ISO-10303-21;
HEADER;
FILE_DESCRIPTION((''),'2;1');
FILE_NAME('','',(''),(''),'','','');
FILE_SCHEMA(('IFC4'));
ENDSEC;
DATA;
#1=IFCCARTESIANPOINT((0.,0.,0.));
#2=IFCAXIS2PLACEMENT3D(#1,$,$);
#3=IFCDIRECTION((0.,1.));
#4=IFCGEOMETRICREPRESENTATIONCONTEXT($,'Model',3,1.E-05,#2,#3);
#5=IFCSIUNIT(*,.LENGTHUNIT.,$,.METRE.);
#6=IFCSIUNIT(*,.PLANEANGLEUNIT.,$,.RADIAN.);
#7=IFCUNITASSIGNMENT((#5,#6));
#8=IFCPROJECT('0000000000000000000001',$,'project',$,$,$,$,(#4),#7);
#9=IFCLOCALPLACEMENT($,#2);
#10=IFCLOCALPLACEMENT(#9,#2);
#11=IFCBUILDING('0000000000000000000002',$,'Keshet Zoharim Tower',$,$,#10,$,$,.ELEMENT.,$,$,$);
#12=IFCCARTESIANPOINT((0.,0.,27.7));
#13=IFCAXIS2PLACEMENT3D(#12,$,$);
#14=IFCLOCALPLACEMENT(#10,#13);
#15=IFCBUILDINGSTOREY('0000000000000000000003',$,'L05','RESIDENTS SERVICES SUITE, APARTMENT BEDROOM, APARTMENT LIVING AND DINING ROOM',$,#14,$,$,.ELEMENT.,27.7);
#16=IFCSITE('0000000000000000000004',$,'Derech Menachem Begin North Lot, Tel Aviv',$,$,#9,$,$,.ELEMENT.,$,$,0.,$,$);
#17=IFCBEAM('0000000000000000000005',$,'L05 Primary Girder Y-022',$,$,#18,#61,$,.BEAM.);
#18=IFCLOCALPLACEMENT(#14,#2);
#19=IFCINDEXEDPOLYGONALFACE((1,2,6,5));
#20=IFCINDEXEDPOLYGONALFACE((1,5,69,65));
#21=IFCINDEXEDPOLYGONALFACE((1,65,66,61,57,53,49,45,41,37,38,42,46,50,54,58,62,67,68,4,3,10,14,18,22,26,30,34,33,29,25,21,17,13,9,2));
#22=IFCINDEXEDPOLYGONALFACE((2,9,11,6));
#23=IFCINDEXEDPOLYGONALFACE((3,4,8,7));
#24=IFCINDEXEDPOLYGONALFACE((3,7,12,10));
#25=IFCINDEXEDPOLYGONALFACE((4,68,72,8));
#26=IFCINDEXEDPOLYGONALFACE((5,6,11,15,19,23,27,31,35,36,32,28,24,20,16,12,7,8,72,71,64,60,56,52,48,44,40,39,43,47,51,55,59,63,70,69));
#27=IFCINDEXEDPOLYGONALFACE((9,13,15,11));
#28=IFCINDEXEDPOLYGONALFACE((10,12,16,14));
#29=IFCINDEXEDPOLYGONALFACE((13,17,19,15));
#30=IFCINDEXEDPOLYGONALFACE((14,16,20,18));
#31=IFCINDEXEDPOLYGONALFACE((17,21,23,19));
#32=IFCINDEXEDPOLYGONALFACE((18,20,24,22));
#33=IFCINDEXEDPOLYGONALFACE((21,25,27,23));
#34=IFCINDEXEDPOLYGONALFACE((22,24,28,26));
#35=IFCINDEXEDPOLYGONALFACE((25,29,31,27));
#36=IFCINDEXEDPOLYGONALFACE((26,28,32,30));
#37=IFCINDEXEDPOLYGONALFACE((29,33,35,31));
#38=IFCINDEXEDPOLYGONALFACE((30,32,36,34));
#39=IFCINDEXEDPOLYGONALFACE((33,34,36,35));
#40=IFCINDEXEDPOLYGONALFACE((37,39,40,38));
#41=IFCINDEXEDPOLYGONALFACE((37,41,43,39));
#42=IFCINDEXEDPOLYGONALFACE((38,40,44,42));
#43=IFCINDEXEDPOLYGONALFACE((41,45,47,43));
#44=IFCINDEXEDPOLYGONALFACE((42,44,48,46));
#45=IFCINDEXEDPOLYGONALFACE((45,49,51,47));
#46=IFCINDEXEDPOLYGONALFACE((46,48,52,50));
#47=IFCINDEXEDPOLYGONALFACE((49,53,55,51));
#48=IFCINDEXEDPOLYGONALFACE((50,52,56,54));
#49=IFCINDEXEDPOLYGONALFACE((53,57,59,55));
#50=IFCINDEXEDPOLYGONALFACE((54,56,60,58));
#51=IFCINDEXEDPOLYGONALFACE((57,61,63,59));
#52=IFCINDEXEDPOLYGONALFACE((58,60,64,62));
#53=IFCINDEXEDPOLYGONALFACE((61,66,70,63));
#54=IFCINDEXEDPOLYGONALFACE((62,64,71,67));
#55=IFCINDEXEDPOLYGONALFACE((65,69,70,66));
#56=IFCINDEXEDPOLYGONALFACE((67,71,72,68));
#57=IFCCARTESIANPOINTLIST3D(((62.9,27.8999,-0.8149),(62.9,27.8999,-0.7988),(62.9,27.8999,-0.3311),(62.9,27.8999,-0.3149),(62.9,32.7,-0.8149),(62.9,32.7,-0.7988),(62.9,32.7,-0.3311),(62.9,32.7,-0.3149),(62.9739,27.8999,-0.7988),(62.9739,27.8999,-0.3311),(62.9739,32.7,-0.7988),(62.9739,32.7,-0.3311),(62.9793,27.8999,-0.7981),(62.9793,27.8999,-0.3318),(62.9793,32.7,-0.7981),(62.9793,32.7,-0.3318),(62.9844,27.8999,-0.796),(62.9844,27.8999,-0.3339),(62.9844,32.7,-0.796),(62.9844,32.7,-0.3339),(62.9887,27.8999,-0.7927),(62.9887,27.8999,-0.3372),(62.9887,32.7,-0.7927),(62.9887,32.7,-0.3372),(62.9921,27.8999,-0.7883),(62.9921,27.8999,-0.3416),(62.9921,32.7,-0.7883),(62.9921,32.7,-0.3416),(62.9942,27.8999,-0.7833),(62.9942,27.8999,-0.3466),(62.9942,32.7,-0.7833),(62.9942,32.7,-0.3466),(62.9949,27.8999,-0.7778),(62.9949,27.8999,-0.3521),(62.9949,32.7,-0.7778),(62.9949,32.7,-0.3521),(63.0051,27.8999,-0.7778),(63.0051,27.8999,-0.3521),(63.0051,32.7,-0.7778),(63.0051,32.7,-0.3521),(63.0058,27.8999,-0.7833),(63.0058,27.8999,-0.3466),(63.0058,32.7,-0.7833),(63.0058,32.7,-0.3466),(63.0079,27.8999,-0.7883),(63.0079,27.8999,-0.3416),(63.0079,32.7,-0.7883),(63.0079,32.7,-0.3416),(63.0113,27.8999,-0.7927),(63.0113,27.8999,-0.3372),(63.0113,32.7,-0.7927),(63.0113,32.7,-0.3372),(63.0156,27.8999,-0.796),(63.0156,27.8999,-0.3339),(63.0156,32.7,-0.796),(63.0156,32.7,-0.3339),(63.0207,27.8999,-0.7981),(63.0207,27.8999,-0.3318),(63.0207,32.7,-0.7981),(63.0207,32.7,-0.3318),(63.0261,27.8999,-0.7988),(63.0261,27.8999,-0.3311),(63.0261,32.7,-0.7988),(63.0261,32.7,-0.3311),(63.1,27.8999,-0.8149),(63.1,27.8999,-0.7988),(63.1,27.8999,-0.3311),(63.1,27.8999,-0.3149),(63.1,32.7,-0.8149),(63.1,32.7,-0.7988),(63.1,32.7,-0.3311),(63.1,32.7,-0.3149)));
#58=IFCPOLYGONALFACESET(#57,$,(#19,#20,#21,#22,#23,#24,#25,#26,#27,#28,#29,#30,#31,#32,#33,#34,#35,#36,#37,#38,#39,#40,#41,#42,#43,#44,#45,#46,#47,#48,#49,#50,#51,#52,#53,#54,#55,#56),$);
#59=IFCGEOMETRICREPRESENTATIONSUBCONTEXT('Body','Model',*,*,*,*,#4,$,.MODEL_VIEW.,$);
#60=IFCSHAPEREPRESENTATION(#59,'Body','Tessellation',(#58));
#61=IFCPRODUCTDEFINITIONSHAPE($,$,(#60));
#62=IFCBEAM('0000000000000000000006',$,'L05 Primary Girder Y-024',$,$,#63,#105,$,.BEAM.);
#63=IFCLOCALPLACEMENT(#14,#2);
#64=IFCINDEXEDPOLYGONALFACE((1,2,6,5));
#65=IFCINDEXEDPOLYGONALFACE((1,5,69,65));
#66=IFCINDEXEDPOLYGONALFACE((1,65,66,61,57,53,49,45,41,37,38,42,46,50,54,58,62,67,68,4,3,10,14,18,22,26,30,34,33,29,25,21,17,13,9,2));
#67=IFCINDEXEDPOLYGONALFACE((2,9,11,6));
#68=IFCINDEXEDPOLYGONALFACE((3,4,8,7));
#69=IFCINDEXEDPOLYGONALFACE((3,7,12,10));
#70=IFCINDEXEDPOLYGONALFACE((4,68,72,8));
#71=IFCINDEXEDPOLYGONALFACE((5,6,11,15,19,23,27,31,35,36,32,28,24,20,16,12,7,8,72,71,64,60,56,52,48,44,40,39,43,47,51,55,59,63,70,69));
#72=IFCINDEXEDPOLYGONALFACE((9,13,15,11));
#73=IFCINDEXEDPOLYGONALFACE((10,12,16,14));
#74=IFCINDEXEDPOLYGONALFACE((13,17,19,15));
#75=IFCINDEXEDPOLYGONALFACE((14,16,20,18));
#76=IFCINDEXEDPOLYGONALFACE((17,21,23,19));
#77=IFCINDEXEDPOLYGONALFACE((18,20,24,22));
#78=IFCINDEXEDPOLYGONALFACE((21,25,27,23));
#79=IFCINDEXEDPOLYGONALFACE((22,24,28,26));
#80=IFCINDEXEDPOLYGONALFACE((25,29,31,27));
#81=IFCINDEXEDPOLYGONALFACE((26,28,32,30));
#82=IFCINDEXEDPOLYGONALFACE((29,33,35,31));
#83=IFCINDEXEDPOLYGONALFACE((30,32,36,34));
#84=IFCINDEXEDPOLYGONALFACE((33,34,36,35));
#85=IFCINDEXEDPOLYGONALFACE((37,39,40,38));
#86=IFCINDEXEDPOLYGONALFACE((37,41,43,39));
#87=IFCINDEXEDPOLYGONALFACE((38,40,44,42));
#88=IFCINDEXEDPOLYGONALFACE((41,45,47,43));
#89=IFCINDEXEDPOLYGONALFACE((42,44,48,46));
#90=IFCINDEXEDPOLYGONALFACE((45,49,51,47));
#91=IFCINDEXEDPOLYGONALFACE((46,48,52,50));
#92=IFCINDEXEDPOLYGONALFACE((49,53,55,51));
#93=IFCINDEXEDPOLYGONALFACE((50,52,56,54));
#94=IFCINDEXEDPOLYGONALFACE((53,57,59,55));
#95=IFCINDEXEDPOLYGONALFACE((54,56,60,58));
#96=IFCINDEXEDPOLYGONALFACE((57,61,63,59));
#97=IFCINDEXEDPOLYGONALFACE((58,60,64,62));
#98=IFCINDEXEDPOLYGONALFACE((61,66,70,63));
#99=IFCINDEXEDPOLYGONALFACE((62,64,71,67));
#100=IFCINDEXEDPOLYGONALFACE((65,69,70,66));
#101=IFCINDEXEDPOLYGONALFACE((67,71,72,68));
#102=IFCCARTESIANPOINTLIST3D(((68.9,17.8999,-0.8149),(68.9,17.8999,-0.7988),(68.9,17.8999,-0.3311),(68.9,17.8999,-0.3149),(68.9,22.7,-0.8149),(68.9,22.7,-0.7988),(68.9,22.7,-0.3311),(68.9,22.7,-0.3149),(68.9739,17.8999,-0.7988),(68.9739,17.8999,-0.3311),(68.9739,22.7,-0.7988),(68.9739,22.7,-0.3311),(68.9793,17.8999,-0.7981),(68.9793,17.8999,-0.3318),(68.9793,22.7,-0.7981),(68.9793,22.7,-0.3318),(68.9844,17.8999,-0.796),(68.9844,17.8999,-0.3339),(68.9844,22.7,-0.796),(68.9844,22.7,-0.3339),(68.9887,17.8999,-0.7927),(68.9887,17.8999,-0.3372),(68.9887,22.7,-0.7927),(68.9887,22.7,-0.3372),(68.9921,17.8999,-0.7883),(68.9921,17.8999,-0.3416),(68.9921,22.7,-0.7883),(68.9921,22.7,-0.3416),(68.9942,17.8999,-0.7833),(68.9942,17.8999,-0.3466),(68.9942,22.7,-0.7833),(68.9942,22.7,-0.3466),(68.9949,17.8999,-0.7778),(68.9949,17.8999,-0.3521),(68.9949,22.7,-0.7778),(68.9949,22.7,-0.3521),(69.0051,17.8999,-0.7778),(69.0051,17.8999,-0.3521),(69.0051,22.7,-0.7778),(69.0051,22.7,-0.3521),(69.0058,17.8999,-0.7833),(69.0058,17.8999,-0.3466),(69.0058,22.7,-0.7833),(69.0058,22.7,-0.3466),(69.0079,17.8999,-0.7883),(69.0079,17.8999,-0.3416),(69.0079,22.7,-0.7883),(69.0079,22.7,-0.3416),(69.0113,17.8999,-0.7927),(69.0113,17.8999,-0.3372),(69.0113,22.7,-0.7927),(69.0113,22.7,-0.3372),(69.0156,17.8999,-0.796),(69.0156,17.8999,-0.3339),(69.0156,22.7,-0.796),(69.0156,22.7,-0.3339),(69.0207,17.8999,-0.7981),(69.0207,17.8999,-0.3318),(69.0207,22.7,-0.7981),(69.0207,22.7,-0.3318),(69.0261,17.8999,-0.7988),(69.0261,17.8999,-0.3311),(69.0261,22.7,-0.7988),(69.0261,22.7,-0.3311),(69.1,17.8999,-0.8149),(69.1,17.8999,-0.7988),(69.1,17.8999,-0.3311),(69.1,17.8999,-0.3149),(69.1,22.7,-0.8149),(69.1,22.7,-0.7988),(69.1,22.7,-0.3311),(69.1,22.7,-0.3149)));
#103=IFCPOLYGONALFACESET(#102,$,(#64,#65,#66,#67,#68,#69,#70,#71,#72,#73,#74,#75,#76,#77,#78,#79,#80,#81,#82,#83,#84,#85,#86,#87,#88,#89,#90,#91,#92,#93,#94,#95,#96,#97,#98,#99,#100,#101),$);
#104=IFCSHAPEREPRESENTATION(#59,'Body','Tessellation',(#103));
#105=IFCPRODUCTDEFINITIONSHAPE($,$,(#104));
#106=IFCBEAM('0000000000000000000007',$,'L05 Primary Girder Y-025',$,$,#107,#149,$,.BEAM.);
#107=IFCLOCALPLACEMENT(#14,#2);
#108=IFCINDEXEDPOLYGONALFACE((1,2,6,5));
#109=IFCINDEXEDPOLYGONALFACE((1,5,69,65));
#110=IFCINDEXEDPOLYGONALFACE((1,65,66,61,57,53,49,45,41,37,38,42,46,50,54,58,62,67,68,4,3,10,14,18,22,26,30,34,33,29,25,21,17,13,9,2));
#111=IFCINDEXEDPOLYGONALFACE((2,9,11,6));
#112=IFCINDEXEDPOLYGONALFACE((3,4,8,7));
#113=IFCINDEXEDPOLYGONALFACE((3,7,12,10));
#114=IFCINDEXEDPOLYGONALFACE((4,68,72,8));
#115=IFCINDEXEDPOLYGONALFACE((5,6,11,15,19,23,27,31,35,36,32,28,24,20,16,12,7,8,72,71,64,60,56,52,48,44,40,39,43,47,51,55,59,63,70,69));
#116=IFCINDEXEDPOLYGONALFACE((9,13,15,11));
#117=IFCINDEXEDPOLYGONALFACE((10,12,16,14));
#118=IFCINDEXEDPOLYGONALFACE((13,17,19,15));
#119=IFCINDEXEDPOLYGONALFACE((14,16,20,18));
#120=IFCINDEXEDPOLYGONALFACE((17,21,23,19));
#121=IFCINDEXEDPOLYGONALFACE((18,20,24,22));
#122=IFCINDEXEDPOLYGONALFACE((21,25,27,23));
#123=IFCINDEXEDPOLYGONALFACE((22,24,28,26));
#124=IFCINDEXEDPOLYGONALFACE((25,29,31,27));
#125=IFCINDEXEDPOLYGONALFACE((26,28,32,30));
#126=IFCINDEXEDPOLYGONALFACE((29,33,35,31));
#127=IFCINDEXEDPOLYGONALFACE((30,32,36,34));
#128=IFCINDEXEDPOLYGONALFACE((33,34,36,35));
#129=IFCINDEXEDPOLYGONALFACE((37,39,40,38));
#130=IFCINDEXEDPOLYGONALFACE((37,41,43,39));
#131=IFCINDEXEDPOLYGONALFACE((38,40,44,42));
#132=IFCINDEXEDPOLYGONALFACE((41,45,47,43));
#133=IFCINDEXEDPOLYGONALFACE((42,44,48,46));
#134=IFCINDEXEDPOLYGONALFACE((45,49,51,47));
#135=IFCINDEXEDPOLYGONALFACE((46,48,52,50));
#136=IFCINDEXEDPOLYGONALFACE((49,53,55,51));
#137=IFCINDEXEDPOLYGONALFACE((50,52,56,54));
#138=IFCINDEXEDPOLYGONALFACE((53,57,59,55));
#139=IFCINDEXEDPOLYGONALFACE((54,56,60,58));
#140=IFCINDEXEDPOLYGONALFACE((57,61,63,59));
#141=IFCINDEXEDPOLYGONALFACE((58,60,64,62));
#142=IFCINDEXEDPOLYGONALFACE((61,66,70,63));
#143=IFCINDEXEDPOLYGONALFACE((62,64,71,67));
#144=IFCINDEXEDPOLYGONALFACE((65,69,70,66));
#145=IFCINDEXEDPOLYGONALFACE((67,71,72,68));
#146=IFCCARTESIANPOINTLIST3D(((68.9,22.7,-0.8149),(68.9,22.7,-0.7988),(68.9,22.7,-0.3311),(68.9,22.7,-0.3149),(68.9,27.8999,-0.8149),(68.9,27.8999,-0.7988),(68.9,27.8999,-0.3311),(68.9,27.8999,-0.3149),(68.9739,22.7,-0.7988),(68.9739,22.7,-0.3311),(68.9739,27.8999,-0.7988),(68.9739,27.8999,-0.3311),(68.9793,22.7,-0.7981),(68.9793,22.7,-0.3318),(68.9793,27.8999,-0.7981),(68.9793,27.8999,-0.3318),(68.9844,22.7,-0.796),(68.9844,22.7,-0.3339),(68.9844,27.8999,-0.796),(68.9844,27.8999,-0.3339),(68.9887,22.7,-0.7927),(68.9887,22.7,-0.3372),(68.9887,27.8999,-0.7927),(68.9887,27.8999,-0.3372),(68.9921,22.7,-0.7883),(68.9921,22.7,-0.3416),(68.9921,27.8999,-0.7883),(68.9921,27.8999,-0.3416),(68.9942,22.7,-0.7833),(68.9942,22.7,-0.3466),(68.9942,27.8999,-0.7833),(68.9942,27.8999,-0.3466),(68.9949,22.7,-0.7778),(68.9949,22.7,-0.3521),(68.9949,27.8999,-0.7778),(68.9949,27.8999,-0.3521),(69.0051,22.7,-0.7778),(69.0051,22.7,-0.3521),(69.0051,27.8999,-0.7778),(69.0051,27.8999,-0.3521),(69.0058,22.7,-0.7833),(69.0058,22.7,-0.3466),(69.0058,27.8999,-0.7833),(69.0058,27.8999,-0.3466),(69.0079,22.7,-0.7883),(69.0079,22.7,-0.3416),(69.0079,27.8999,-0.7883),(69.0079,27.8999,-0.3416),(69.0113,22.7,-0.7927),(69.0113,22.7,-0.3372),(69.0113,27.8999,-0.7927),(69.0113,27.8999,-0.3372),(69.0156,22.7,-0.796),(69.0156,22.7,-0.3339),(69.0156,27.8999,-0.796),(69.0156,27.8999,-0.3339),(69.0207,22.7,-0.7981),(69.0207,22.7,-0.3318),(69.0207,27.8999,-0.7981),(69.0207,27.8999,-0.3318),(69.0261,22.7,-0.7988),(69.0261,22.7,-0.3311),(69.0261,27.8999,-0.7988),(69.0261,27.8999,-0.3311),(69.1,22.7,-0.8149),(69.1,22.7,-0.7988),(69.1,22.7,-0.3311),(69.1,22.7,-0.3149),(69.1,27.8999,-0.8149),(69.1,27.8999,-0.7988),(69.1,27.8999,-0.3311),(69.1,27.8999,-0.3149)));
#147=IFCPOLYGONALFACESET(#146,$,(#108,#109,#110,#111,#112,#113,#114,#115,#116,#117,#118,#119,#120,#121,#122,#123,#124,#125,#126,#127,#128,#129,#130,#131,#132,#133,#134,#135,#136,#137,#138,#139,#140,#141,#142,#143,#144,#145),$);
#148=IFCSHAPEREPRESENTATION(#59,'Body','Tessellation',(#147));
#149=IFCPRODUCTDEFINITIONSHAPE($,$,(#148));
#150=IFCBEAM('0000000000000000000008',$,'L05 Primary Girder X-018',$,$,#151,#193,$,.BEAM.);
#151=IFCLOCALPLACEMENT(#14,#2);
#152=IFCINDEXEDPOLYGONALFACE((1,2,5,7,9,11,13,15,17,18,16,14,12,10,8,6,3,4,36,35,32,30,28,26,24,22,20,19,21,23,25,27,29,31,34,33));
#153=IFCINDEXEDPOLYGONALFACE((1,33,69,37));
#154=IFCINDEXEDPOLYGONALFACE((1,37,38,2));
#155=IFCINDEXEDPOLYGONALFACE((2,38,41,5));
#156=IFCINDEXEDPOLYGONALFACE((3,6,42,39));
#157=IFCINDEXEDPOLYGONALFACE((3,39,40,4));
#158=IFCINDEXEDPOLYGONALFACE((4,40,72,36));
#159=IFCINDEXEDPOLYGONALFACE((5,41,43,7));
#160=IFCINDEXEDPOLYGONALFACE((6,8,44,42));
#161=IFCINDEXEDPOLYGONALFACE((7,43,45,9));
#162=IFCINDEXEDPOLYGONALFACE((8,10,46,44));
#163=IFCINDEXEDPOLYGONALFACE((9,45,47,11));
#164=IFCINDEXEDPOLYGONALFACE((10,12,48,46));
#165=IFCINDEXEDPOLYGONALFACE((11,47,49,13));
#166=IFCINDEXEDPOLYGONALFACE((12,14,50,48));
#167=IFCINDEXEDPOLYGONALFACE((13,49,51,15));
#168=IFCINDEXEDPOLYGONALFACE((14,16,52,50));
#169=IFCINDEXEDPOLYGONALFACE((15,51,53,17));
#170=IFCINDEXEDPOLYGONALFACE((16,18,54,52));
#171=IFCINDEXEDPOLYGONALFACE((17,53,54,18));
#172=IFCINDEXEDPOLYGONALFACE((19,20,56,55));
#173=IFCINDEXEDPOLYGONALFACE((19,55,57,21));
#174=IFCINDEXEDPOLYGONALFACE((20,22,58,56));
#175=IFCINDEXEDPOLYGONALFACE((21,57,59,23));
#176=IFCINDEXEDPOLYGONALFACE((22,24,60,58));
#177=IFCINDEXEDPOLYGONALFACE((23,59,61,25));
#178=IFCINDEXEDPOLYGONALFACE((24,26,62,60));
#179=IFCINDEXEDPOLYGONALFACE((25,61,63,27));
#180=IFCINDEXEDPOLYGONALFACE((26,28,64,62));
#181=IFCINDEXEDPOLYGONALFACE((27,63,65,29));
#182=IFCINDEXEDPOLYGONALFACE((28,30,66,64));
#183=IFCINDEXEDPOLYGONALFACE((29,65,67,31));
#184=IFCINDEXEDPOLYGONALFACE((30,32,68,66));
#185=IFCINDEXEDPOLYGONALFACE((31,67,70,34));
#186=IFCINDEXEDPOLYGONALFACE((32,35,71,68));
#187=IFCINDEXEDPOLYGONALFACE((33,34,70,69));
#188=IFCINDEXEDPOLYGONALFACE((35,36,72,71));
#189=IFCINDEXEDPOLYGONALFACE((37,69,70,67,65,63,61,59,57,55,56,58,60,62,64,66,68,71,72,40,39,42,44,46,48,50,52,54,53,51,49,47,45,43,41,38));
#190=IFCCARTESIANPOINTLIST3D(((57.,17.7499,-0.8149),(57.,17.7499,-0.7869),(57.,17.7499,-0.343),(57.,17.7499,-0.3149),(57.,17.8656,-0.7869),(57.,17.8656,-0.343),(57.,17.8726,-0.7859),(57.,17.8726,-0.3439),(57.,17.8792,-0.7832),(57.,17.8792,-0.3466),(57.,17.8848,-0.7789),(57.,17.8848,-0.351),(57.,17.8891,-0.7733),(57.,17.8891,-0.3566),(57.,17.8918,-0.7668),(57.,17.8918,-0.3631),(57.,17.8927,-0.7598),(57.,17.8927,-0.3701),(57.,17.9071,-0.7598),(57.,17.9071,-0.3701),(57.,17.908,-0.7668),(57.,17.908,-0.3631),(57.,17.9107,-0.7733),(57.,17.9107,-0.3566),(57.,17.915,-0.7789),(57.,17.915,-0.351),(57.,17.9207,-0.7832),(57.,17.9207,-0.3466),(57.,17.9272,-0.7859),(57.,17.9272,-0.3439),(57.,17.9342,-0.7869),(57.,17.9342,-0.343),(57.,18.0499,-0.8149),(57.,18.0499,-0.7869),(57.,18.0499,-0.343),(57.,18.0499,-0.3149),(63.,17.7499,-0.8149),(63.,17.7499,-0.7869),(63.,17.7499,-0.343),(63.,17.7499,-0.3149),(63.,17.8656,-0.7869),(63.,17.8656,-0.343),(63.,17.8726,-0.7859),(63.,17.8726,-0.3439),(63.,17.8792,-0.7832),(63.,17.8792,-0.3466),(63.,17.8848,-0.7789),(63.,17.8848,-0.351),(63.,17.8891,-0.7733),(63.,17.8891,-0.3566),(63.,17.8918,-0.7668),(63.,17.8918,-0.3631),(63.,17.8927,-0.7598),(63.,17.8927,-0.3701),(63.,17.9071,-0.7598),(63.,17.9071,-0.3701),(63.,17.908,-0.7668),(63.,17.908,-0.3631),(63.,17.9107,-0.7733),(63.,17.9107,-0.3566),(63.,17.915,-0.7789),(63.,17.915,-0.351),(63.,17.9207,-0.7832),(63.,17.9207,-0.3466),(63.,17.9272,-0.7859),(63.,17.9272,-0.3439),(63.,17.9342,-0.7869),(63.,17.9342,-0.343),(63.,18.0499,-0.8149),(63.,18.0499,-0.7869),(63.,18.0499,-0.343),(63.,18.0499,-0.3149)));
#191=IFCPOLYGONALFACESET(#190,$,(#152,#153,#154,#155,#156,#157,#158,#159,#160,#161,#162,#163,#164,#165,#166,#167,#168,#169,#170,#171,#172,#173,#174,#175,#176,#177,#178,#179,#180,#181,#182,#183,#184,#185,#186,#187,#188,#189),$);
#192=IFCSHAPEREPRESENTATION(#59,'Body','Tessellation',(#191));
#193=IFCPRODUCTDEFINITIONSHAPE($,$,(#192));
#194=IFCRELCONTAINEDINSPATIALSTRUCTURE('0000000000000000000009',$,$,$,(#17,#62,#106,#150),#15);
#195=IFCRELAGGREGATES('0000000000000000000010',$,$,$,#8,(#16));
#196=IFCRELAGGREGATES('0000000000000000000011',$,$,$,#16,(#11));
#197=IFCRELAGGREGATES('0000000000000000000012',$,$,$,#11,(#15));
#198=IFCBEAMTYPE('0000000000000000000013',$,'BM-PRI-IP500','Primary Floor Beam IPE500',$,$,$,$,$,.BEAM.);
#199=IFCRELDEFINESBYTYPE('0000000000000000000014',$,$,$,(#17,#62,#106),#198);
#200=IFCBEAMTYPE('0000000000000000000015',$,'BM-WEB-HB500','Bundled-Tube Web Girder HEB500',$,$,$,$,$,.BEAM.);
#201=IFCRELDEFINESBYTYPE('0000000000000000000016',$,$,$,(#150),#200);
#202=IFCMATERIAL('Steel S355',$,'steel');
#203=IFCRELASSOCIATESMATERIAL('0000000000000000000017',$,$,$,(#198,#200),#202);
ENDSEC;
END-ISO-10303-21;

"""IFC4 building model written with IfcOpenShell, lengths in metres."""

from ifc_helpers import new_model, si_unit, direction, frame, origin, origin_2d, place, context, subcontext, project, spatial, i_section, extrude, material, material_profile, profile_set, type_object, element, save


model = new_model("IFC4")

# Units and contexts
model_context = context("Model", 3, precision=1e-05, world=origin(), true_north=direction((0.0, 1.0)))
body_context = subcontext(model_context, "Body", "Model", "MODEL_VIEW")
ifc_project = project(units=[si_unit("LENGTHUNIT", "METRE"), si_unit("PLANEANGLEUNIT", "RADIAN")], contexts=[model_context])

# Site, building, storey
site_placement = place(None, origin())
site = spatial("IfcSite", under=ifc_project, at=site_placement, Name="Derech Menachem Begin North Lot, Tel Aviv", CompositionType="ELEMENT", RefElevation=0.0)
building_placement = place(site_placement, origin())
building = spatial("IfcBuilding", under=site, at=building_placement, Name="Keshet Zoharim Tower", CompositionType="ELEMENT")
storey_placement = place(building_placement, frame((0.0, 0.0, 27.7)))
storey = spatial("IfcBuildingStorey", under=building, at=storey_placement, Name="L05", Description="RESIDENTS SERVICES SUITE, APARTMENT BEDROOM, APARTMENT LIVING AND DINING ROOM", CompositionType="ELEMENT", Elevation=27.7)

# Shared definitions
ifc_material_1 = material(Name="Steel S355", Category="steel")

# Beams
ifc_material_profile_1 = material_profile(ifc_material_1, i_section(OverallWidth=0.2, OverallDepth=0.5, WebThickness=0.0103, FlangeThickness=0.0161, FilletRadius=0.021, at=origin_2d()), Name="IPE500")
ifc_profile_set_1 = profile_set([ifc_material_profile_1], Name="Steel S355")
beam_type_1 = type_object("IfcBeamType", Name="BM-PRI-IP500", Description="Primary Floor Beam IPE500", PredefinedType="BEAM", material=ifc_profile_set_1)
for number, where, z_axis, x_axis, name in (
    (1, (63.0, 27.8999, -0.5649), (0.0, 1.0, 0.0), (-1.0, 0.0, 0.0), "L05 Primary Girder Y-022"),
    (2, (69.0, 17.8999, -0.5649), (0.0, 1.0, 0.0), (-1.0, 0.0, 0.0), "L05 Primary Girder Y-024"),
):
    element("IfcBeam", number, at=place(storey_placement, frame(where, z_axis=z_axis, x_axis=x_axis)), inside=storey, type_object=beam_type_1, Name=name, PredefinedType="BEAM", context=body_context, shape_type="SweptSolid", body=[
        extrude(i_section(OverallWidth=0.2, OverallDepth=0.5, WebThickness=0.0103, FlangeThickness=0.0161, FilletRadius=0.021, at=origin_2d()), origin(), (0.0, 0.0, 1.0), 4.8),
    ])
beam_1_placement = place(storey_placement, frame((69.0, 22.7, -0.5649), z_axis=(0.0, 1.0, 0.0), x_axis=(-1.0, 0.0, 0.0)))
element("IfcBeam", 3, at=beam_1_placement, inside=storey, type_object=beam_type_1, Name="L05 Primary Girder Y-025", PredefinedType="BEAM", context=body_context, shape_type="SweptSolid", body=[
    extrude(i_section(OverallWidth=0.2, OverallDepth=0.5, WebThickness=0.0103, FlangeThickness=0.0161, FilletRadius=0.021, at=origin_2d()), origin(), (0.0, 0.0, 1.0), 5.2),
])
ifc_material_profile_2 = material_profile(ifc_material_1, i_section(OverallWidth=0.3, OverallDepth=0.5, WebThickness=0.0144, FlangeThickness=0.0281, FilletRadius=0.0271, at=origin_2d()), Name="HEB500")
ifc_profile_set_2 = profile_set([ifc_material_profile_2], Name="Steel S355")
beam_type_2 = type_object("IfcBeamType", Name="BM-WEB-HB500", Description="Bundled-Tube Web Girder HEB500", PredefinedType="BEAM", material=ifc_profile_set_2)
for number, where, z_axis, x_axis, name in (
    (4, (57.0, 17.8999, -0.5649), (1.0, 0.0, 0.0), (0.0, 1.0, 0.0), "L05 Primary Girder X-018"),
):
    element("IfcBeam", number, at=place(storey_placement, frame(where, z_axis=z_axis, x_axis=x_axis)), inside=storey, type_object=beam_type_2, Name=name, PredefinedType="BEAM", context=body_context, shape_type="SweptSolid", body=[
        extrude(i_section(OverallWidth=0.3, OverallDepth=0.5, WebThickness=0.0144, FlangeThickness=0.0281, FilletRadius=0.0271, at=origin_2d()), origin(), (0.0, 0.0, 1.0), 6.0),
    ])

save(model, "model.ifc")
